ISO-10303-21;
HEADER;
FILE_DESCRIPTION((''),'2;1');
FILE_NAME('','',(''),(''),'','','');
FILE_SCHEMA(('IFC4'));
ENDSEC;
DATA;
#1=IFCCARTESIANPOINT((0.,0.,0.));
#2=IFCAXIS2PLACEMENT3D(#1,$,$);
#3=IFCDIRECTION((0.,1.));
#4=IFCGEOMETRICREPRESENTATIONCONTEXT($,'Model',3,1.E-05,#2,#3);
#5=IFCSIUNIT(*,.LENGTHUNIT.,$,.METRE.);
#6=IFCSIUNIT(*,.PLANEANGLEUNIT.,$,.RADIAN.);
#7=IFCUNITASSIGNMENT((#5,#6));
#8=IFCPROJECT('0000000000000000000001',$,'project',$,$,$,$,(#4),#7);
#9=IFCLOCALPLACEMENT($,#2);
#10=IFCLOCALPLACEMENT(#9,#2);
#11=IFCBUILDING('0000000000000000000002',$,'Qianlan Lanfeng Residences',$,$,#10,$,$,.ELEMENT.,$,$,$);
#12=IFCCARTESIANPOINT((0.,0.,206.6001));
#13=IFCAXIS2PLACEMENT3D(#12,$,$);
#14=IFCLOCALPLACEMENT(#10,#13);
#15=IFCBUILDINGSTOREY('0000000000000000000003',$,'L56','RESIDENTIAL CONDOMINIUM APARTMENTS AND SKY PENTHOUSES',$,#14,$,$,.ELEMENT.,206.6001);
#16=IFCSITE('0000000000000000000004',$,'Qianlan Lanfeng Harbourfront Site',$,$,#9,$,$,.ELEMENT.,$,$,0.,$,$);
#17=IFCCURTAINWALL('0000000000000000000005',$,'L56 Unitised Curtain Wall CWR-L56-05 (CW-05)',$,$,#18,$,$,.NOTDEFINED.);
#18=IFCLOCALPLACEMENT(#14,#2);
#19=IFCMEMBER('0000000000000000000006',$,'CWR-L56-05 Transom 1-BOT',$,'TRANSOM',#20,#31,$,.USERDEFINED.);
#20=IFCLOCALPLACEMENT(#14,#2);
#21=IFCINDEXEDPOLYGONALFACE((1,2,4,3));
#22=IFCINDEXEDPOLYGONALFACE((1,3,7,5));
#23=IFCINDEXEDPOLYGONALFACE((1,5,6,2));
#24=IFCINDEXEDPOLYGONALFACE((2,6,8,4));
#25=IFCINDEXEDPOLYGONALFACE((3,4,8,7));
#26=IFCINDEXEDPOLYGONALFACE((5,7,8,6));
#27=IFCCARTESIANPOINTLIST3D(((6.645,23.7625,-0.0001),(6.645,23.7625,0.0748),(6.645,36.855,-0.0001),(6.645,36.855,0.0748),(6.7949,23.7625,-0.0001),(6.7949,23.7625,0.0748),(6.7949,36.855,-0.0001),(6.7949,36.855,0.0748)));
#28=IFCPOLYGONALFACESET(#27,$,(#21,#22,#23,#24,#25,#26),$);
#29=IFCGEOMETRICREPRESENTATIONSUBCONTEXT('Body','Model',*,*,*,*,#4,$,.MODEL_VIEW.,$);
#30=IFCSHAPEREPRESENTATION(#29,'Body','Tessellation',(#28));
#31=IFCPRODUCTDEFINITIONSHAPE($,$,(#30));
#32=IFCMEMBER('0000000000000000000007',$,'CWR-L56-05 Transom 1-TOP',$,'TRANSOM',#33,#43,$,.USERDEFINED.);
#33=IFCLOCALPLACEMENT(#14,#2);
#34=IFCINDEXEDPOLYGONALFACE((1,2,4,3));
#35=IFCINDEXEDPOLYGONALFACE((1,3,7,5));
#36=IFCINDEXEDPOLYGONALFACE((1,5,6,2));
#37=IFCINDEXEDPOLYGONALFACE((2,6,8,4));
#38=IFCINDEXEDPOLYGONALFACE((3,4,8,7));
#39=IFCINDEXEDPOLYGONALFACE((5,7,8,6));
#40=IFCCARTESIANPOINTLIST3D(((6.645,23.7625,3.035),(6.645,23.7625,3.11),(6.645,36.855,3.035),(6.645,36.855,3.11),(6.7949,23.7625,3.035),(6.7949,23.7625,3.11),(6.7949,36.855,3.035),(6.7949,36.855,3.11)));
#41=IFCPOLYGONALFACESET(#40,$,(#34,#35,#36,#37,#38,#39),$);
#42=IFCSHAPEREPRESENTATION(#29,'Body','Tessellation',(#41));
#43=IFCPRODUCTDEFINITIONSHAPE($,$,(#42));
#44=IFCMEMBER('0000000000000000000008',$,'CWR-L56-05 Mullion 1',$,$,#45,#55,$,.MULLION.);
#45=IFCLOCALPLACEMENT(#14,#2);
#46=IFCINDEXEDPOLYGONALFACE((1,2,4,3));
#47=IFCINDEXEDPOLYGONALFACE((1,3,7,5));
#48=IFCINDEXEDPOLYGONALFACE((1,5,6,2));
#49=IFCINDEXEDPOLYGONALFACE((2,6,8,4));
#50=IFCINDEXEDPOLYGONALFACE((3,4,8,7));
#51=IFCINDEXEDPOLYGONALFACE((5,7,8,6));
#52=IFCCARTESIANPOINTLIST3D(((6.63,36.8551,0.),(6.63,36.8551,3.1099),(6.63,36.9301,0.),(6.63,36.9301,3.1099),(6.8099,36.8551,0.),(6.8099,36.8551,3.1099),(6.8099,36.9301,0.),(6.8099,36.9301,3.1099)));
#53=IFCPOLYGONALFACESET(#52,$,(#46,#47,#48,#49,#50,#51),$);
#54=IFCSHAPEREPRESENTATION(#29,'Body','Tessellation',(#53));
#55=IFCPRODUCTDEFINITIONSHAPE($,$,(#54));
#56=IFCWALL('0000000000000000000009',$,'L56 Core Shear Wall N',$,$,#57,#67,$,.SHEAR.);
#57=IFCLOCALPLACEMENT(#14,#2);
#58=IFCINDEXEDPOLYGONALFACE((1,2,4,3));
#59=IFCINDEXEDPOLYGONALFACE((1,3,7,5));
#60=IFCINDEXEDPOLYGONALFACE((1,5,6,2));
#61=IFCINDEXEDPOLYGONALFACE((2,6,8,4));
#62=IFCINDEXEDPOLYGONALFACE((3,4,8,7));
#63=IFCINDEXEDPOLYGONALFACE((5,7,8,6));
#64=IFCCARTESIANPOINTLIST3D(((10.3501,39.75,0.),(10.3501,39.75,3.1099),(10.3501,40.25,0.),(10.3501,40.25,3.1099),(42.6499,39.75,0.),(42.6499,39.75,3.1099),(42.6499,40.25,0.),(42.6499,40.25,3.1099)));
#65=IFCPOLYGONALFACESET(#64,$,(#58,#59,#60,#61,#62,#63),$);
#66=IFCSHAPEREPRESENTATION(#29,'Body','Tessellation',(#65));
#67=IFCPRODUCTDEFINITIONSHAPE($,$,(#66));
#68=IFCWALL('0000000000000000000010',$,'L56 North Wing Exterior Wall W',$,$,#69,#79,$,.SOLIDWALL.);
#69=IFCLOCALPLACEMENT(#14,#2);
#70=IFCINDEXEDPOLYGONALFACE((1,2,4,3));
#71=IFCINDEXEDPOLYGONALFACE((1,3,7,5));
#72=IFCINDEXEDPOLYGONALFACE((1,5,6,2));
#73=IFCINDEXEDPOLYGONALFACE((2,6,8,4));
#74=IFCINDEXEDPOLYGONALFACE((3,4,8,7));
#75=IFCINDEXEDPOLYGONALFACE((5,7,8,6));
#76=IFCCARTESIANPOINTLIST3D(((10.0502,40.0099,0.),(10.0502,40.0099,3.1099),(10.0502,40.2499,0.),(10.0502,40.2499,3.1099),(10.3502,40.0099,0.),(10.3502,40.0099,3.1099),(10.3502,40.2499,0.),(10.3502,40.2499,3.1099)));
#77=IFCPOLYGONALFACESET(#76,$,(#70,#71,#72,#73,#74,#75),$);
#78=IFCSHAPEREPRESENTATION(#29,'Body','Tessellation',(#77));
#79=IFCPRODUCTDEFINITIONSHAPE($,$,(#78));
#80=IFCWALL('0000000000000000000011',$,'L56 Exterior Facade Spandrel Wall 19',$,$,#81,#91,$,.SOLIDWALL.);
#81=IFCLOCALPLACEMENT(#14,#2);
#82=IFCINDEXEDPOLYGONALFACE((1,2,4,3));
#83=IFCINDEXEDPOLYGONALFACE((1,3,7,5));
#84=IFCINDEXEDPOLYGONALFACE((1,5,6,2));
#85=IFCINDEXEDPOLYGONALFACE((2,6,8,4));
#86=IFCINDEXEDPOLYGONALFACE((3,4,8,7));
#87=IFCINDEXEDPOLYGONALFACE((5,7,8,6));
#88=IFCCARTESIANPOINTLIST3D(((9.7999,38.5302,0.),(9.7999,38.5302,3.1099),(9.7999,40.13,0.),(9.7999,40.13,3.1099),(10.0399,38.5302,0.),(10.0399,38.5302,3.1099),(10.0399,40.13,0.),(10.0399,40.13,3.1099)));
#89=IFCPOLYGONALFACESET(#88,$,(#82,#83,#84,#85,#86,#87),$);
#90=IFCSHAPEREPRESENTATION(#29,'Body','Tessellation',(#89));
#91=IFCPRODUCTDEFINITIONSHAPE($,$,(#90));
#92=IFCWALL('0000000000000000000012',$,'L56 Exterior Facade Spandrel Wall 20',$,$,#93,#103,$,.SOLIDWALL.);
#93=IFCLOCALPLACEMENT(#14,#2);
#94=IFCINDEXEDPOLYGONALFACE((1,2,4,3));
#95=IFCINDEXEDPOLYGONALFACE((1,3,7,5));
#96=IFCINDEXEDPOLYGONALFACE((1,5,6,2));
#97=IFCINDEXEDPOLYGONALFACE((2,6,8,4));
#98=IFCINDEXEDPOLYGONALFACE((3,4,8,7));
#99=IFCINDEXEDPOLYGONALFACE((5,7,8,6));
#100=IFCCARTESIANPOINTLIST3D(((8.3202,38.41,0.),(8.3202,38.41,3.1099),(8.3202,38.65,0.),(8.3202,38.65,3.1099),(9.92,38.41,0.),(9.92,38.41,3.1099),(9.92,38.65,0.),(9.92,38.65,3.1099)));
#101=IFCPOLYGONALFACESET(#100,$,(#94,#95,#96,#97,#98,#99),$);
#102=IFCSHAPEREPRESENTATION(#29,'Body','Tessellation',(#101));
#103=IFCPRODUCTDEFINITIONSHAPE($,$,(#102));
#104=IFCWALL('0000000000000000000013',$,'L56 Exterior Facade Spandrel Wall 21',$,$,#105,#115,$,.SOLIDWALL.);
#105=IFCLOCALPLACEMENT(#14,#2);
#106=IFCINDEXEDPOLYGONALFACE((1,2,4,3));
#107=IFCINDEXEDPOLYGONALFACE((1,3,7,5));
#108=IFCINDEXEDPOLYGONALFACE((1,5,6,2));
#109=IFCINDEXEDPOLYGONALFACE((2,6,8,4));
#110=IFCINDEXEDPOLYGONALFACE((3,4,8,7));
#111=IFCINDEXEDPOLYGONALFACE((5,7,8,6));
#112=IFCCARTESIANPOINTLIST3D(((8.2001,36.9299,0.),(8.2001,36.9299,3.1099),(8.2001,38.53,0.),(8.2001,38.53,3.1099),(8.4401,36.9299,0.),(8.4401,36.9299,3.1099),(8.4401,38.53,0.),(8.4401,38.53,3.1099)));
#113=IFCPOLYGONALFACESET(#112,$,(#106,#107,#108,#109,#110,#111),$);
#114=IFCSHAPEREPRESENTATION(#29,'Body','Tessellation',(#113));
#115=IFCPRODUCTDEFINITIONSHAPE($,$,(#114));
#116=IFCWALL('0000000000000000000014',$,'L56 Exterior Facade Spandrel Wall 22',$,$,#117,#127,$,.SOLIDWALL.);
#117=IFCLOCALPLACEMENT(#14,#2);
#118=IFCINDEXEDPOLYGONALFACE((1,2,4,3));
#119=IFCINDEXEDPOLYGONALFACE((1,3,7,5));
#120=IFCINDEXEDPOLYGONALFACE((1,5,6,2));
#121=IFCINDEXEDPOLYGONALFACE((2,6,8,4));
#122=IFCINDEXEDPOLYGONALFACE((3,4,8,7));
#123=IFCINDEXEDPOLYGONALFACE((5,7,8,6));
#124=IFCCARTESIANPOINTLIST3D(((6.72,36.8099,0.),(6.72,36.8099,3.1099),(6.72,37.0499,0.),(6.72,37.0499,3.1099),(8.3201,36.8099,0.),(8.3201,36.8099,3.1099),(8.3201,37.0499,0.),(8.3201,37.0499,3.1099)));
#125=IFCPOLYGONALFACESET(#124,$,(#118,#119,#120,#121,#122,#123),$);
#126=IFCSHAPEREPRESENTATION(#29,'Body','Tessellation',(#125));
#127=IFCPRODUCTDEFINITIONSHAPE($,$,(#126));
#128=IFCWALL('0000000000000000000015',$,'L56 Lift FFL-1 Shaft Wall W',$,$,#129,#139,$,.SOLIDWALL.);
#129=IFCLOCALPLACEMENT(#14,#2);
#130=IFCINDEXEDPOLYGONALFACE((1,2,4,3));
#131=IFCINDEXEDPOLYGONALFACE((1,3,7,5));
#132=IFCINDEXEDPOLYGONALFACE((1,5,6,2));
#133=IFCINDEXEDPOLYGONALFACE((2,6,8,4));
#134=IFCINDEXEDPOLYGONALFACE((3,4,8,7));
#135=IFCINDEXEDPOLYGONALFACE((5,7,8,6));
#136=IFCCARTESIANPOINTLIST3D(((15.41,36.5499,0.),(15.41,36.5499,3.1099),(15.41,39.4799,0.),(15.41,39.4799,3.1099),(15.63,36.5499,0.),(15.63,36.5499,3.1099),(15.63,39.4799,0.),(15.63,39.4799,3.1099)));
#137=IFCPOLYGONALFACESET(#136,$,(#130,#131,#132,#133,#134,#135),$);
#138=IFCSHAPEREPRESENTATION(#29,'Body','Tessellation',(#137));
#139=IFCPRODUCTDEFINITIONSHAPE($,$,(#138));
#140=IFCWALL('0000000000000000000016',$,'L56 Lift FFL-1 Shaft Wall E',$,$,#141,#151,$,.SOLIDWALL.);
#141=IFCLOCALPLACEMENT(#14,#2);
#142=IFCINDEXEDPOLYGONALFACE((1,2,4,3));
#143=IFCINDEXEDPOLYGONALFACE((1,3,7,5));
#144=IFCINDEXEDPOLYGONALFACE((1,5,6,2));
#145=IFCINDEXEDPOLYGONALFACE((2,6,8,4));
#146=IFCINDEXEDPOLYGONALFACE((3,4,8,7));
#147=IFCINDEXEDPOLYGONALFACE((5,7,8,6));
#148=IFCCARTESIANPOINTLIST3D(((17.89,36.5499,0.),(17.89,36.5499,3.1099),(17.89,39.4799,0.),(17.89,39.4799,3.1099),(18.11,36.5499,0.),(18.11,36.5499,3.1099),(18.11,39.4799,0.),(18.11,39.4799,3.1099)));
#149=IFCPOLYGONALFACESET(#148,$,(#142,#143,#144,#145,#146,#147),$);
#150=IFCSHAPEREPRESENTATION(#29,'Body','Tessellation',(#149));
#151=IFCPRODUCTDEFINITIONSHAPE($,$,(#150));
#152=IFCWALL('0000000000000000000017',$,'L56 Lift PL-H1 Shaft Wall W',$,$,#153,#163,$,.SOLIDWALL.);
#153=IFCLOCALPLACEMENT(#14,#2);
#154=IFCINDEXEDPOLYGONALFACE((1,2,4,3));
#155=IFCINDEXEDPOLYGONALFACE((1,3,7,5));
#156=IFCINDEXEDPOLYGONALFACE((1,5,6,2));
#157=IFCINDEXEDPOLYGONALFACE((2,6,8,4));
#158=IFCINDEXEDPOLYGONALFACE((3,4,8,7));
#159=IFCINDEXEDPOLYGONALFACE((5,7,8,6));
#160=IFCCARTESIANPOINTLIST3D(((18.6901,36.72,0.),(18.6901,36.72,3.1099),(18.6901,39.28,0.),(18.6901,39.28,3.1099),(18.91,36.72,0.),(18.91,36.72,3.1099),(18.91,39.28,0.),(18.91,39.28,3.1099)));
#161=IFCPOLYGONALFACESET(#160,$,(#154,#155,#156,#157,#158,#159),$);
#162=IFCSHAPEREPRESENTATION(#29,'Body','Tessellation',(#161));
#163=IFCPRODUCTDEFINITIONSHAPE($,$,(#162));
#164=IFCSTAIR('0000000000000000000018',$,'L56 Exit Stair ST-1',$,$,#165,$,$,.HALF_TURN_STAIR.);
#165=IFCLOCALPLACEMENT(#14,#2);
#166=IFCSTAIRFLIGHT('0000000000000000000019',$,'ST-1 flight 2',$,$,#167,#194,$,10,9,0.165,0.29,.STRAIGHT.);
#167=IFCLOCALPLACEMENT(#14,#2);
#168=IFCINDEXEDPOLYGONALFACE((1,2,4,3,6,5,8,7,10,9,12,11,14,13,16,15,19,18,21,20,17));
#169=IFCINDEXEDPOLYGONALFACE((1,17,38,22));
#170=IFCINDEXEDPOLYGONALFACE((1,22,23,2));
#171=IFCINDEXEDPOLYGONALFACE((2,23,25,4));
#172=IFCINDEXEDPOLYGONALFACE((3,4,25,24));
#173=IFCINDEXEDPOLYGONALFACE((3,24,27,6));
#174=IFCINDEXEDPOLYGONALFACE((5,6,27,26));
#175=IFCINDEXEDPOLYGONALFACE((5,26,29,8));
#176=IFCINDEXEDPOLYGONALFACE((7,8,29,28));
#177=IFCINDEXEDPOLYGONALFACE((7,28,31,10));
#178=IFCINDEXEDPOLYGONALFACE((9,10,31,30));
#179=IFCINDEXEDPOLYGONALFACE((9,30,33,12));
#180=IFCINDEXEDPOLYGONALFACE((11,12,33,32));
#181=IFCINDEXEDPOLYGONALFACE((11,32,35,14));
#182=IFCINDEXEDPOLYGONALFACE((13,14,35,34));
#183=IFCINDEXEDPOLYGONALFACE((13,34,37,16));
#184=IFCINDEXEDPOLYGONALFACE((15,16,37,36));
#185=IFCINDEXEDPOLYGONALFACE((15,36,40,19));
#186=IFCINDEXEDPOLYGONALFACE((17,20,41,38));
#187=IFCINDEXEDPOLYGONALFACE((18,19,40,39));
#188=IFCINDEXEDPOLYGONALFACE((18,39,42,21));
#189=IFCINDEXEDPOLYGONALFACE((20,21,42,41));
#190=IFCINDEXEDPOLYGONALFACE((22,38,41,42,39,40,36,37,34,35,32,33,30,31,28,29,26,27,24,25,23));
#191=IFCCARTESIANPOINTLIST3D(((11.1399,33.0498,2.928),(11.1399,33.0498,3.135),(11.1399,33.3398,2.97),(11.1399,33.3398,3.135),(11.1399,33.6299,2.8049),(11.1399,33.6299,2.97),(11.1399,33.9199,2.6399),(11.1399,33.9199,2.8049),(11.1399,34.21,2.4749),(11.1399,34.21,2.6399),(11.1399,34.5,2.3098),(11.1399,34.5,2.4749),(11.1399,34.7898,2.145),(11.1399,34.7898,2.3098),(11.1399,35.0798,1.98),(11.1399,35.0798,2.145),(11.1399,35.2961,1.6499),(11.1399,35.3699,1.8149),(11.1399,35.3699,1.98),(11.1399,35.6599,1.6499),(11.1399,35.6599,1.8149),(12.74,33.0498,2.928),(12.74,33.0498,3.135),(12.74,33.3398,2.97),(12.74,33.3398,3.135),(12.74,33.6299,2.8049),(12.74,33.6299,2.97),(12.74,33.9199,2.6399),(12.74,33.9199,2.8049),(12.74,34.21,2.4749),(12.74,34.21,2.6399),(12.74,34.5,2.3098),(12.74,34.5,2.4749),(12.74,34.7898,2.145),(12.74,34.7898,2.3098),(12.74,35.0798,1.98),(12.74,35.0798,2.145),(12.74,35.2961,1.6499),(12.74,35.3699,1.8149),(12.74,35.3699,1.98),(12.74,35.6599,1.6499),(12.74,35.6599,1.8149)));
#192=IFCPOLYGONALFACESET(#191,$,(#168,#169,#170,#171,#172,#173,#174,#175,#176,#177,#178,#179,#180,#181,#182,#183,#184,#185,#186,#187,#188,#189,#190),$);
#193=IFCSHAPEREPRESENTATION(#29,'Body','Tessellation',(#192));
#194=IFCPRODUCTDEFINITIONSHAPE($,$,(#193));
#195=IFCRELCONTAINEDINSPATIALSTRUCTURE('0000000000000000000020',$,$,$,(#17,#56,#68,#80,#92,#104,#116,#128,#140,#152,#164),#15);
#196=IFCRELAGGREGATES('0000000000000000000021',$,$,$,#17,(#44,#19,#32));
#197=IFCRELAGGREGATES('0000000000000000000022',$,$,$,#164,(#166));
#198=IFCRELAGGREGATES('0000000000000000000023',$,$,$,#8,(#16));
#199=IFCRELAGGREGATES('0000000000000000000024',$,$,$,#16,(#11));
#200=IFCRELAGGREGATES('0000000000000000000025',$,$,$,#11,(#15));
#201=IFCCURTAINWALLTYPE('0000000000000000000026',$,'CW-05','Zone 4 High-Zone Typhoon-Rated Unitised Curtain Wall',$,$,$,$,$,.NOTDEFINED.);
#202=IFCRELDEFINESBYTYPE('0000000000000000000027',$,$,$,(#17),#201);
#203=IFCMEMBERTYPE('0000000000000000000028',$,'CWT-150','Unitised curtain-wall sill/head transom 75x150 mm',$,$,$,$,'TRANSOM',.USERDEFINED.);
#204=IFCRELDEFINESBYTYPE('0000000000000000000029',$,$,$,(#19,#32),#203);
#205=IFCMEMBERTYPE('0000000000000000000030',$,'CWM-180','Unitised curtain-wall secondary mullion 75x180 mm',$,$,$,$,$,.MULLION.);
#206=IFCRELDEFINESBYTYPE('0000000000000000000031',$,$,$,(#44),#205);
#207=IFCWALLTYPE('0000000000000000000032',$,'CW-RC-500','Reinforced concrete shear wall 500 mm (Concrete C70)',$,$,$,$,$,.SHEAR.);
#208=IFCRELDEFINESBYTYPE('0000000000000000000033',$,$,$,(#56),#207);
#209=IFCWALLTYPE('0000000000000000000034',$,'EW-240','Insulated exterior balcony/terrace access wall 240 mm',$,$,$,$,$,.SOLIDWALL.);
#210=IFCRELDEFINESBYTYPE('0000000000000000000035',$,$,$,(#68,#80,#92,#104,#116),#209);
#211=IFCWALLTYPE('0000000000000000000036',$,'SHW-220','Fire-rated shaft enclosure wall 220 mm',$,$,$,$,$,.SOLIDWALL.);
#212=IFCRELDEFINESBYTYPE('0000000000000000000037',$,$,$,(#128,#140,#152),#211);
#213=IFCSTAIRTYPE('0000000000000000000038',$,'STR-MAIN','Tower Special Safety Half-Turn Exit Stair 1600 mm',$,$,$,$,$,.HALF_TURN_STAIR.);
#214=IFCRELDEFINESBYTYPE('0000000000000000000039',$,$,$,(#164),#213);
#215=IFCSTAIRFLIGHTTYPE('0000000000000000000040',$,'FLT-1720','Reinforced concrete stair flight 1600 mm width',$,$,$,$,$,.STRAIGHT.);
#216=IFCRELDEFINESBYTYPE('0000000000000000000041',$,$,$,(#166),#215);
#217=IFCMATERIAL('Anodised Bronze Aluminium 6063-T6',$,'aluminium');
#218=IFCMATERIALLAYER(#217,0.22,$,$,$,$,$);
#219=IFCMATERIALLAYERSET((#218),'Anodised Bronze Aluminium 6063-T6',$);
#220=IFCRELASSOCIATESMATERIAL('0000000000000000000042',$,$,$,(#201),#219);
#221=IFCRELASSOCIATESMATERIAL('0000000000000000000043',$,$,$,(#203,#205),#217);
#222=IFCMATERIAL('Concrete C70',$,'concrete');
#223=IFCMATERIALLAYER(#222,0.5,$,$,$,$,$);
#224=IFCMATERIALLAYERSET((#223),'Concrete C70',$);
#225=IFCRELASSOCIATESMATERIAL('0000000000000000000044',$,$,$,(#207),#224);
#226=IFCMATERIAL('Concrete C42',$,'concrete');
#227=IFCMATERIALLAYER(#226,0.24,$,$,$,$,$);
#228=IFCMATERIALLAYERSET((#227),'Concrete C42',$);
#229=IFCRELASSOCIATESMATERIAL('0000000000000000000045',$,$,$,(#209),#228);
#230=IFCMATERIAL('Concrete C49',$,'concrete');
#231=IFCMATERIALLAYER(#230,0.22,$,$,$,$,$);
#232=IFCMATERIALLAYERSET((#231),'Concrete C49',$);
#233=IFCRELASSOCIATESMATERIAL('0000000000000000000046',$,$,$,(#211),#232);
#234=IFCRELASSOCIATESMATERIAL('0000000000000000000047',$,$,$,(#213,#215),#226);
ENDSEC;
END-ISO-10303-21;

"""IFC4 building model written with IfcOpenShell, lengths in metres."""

from ifc_helpers import new_model, si_unit, direction, frame, frame_2d, origin, origin_2d, place, context, subcontext, project, spatial, polyline, rectangle, outline, extrude, source, transform, mapped, material, layer, layer_set, material_profile, profile_set, type_object, element, aggregate, save


model = new_model("IFC4")

# Units and contexts
model_context = context("Model", 3, precision=1e-05, world=origin(), true_north=direction((0.0, 1.0)))
body_context = subcontext(model_context, "Body", "Model", "MODEL_VIEW")
ifc_project = project(units=[si_unit("LENGTHUNIT", "METRE"), si_unit("PLANEANGLEUNIT", "RADIAN")], contexts=[model_context])

# Site, building, storey
site_placement = place(None, origin())
site = spatial("IfcSite", under=ifc_project, at=site_placement, Name="Qianlan Lanfeng Harbourfront Site", CompositionType="ELEMENT", RefElevation=0.0)
building_placement = place(site_placement, origin())
building = spatial("IfcBuilding", under=site, at=building_placement, Name="Qianlan Lanfeng Residences", CompositionType="ELEMENT")
storey_placement = place(building_placement, frame((0.0, 0.0, 206.6001)))
storey = spatial("IfcBuildingStorey", under=building, at=storey_placement, Name="L56", Description="RESIDENTIAL CONDOMINIUM APARTMENTS AND SKY PENTHOUSES", CompositionType="ELEMENT", Elevation=206.6001)

# Curtain wall, members
ifc_material_1 = material(Name="Anodised Bronze Aluminium 6063-T6", Category="aluminium")
ifc_layer_1 = layer(ifc_material_1, 0.22)
ifc_layer_set_1 = layer_set([ifc_layer_1], Name="Anodised Bronze Aluminium 6063-T6")
curtain_wall_type = type_object("IfcCurtainWallType", Name="CW-05", Description="Zone 4 High-Zone Typhoon-Rated Unitised Curtain Wall", PredefinedType="NOTDEFINED", material=ifc_layer_set_1)
curtain_wall_placement = place(storey_placement, origin())
curtain_wall = element("IfcCurtainWall", 1, at=curtain_wall_placement, inside=storey, type_object=curtain_wall_type, Name="L56 Unitised Curtain Wall CWR-L56-05 (CW-05)", PredefinedType="NOTDEFINED")
ifc_material_profile_1 = material_profile(ifc_material_1, rectangle(XDim=0.075, YDim=0.1499, at=origin_2d()), Name="ALU TRANSOM 75x150")
ifc_profile_set_1 = profile_set([ifc_material_profile_1], Name="Anodised Bronze Aluminium 6063-T6")
member_type_1 = type_object("IfcMemberType", Name="CWT-150", Description="Unitised curtain-wall sill/head transom 75x150 mm", ElementType="TRANSOM", PredefinedType="USERDEFINED", material=ifc_profile_set_1)
shared_shape_1 = source(origin(), body_context, "Body", "SweptSolid", [
    extrude(rectangle(XDim=0.075, YDim=0.1499, at=origin_2d()), origin(), (0.0, 0.0, 1.0), 13.0925),
])
member_1_placement = place(storey_placement, frame((6.72, 36.855, 0.0374), z_axis=(0.0, -1.0, 0.0), x_axis=(0.0, 0.0, 1.0)))
member_1 = element("IfcMember", 2, at=member_1_placement, type_object=member_type_1, Name="CWR-L56-05 Transom 1-BOT", ObjectType="TRANSOM", PredefinedType="USERDEFINED", context=body_context, shape_type="MappedRepresentation", body=[
    mapped(shared_shape_1, transform((0.0, 0.0, 0.0), scale=1.0)),
])
member_2_placement = place(storey_placement, frame((6.72, 36.855, 3.0725), z_axis=(0.0, -1.0, 0.0), x_axis=(0.0, 0.0, 1.0)))
member_2 = element("IfcMember", 3, at=member_2_placement, type_object=member_type_1, Name="CWR-L56-05 Transom 1-TOP", ObjectType="TRANSOM", PredefinedType="USERDEFINED", context=body_context, shape_type="MappedRepresentation", body=[
    mapped(shared_shape_1, transform((0.0, 0.0, 0.0), scale=1.0)),
])
ifc_material_profile_2 = material_profile(ifc_material_1, rectangle(XDim=0.075, YDim=0.1799, at=origin_2d()), Name="ALU MULLION 75x180")
ifc_profile_set_2 = profile_set([ifc_material_profile_2], Name="Anodised Bronze Aluminium 6063-T6")
member_type_2 = type_object("IfcMemberType", Name="CWM-180", Description="Unitised curtain-wall secondary mullion 75x180 mm", PredefinedType="MULLION", material=ifc_profile_set_2)
shared_shape_2 = source(origin(), body_context, "Body", "SweptSolid", [
    extrude(rectangle(XDim=0.075, YDim=0.1799, at=origin_2d()), origin(), (0.0, 0.0, 1.0), 3.1099),
])
member_3_placement = place(storey_placement, frame((6.72, 36.8926, 0.0), z_axis=(0.0, 0.0, 1.0), x_axis=(0.0, -1.0, 0.0)))
member_3 = element("IfcMember", 4, at=member_3_placement, type_object=member_type_2, Name="CWR-L56-05 Mullion 1", PredefinedType="MULLION", context=body_context, shape_type="MappedRepresentation", body=[
    mapped(shared_shape_2, transform((0.0, 0.0, 0.0), scale=1.0)),
])
aggregate(curtain_wall, [member_3, member_1, member_2])

# Shared definitions
ifc_material_2 = material(Name="Concrete C49", Category="concrete")

# Walls
ifc_material_3 = material(Name="Concrete C70", Category="concrete")
ifc_layer_2 = layer(ifc_material_3, 0.5)
ifc_layer_set_2 = layer_set([ifc_layer_2], Name="Concrete C70")
wall_type_1 = type_object("IfcWallType", Name="CW-RC-500", Description="Reinforced concrete shear wall 500 mm (Concrete C70)", PredefinedType="SHEAR", material=ifc_layer_set_2)
wall_1_placement = place(storey_placement, frame((10.3501, 40.0, 0.0), z_axis=(0.0, 0.0, 1.0), x_axis=(1.0, 0.0, 0.0)))
element("IfcWall", 5, at=wall_1_placement, inside=storey, type_object=wall_type_1, Name="L56 Core Shear Wall N", PredefinedType="SHEAR", context=body_context, shape_type="SweptSolid", body=[
    extrude(rectangle(XDim=32.2998, YDim=0.5, at=frame_2d((16.1499, 0.0))), origin(), (0.0, 0.0, 1.0), 3.1099),
])
ifc_material_4 = material(Name="Concrete C42", Category="concrete")
ifc_layer_3 = layer(ifc_material_4, 0.24)
ifc_layer_set_3 = layer_set([ifc_layer_3], Name="Concrete C42")
wall_type_2 = type_object("IfcWallType", Name="EW-240", Description="Insulated exterior balcony/terrace access wall 240 mm", PredefinedType="SOLIDWALL", material=ifc_layer_set_3)
wall_2_placement = place(storey_placement, frame((10.3501, 40.1299, 0.0), z_axis=(0.0, 0.0, 1.0), x_axis=(-1.0, 0.0, 0.0)))
element("IfcWall", 6, at=wall_2_placement, inside=storey, type_object=wall_type_2, Name="L56 North Wing Exterior Wall W", PredefinedType="SOLIDWALL", context=body_context, shape_type="SweptSolid", body=[
    extrude(rectangle(XDim=0.3, YDim=0.24, at=frame_2d((0.1499, 0.0))), origin(), (0.0, 0.0, 1.0), 3.1099),
])
for number, where, z_axis, x_axis, name in (
    (7, (9.9199, 40.1299, 0.0), (0.0, 0.0, 1.0), (0.0, -1.0, 0.0), "L56 Exterior Facade Spandrel Wall 19"),
    (8, (9.9199, 38.53, 0.0), (0.0, 0.0, 1.0), (-1.0, 0.0, 0.0), "L56 Exterior Facade Spandrel Wall 20"),
):
    element("IfcWall", number, at=place(storey_placement, frame(where, z_axis=z_axis, x_axis=x_axis)), inside=storey, type_object=wall_type_2, Name=name, PredefinedType="SOLIDWALL", context=body_context, shape_type="SweptSolid", body=[
        extrude(rectangle(XDim=1.5999, YDim=0.24, at=frame_2d((0.7998, 0.0))), origin(), (0.0, 0.0, 1.0), 3.1099),
    ])
for number, where, z_axis, x_axis, name in (
    (9, (8.3201, 38.53, 0.0), (0.0, 0.0, 1.0), (0.0, -1.0, 0.0), "L56 Exterior Facade Spandrel Wall 21"),
    (10, (8.3201, 36.9299, 0.0), (0.0, 0.0, 1.0), (-1.0, 0.0, 0.0), "L56 Exterior Facade Spandrel Wall 22"),
):
    element("IfcWall", number, at=place(storey_placement, frame(where, z_axis=z_axis, x_axis=x_axis)), inside=storey, type_object=wall_type_2, Name=name, PredefinedType="SOLIDWALL", context=body_context, shape_type="SweptSolid", body=[
        extrude(rectangle(XDim=1.6001, YDim=0.24, at=frame_2d((0.8, 0.0))), origin(), (0.0, 0.0, 1.0), 3.1099),
    ])
ifc_layer_4 = layer(ifc_material_2, 0.22)
ifc_layer_set_4 = layer_set([ifc_layer_4], Name="Concrete C49")
wall_type_3 = type_object("IfcWallType", Name="SHW-220", Description="Fire-rated shaft enclosure wall 220 mm", PredefinedType="SOLIDWALL", material=ifc_layer_set_4)
for number, where, z_axis, x_axis, name in (
    (11, (15.52, 36.55, 0.0), (0.0, 0.0, 1.0), (0.0, 1.0, 0.0), "L56 Lift FFL-1 Shaft Wall W"),
    (12, (18.0, 36.55, 0.0), (0.0, 0.0, 1.0), (0.0, 1.0, 0.0), "L56 Lift FFL-1 Shaft Wall E"),
):
    element("IfcWall", number, at=place(storey_placement, frame(where, z_axis=z_axis, x_axis=x_axis)), inside=storey, type_object=wall_type_3, Name=name, PredefinedType="SOLIDWALL", context=body_context, shape_type="SweptSolid", body=[
        extrude(rectangle(XDim=2.9299, YDim=0.22, at=frame_2d((1.4648, 0.0))), origin(), (0.0, 0.0, 1.0), 3.1099),
    ])
wall_3_placement = place(storey_placement, frame((18.8, 36.72, 0.0), z_axis=(0.0, 0.0, 1.0), x_axis=(0.0, 1.0, 0.0)))
element("IfcWall", 13, at=wall_3_placement, inside=storey, type_object=wall_type_3, Name="L56 Lift PL-H1 Shaft Wall W", PredefinedType="SOLIDWALL", context=body_context, shape_type="SweptSolid", body=[
    extrude(rectangle(XDim=2.5601, YDim=0.22, at=frame_2d((1.28, 0.0))), origin(), (0.0, 0.0, 1.0), 3.1099),
])

# Stair, stair flight
stair_type = type_object("IfcStairType", Name="STR-MAIN", Description="Tower Special Safety Half-Turn Exit Stair 1600 mm", PredefinedType="HALF_TURN_STAIR", material=ifc_material_4)
stair_placement = place(storey_placement, origin())
stair = element("IfcStair", 14, at=stair_placement, inside=storey, type_object=stair_type, Name="L56 Exit Stair ST-1", PredefinedType="HALF_TURN_STAIR")
stair_flight_type = type_object("IfcStairFlightType", Name="FLT-1720", Description="Reinforced concrete stair flight 1600 mm width", PredefinedType="STRAIGHT", material=ifc_material_4)
stair_flight_placement = place(storey_placement, frame((11.9399, 35.6599, 1.6499), z_axis=(0.0, 0.0, 1.0), x_axis=(0.0, -1.0, 0.0)))
stair_flight = element("IfcStairFlight", 15, at=stair_flight_placement, type_object=stair_flight_type, Name="ST-1 flight 2", NumberOfRisers=10, NumberOfTreads=9, PredefinedType="STRAIGHT", RiserHeight=0.165, TreadLength=0.29, context=body_context, shape_type="SweptSolid", body=[
    extrude(outline(polyline([(0.0, 0.0), (0.0, 0.165), (0.29, 0.165), (0.29, 0.3301), (0.5801, 0.3301), (0.5801, 0.4951), (0.8701, 0.4951), (0.8701, 0.6599), (1.1599, 0.6599), (1.1599, 0.825), (1.45, 0.825), (1.45, 0.99), (1.74, 0.99), (1.74, 1.155), (2.03, 1.155), (2.03, 1.3201), (2.3201, 1.3201), (2.3201, 1.4851), (2.6101, 1.4851), (2.6101, 1.6499), (2.6101, 1.2781), (0.3638, 0.0), (0.0, 0.0)])), frame((0.0, 0.8, 0.0), z_axis=(0.0, -1.0, 0.0), x_axis=(1.0, 0.0, 0.0)), (0.0, 0.0, 1.0), 1.6001),
])
aggregate(stair, [stair_flight])

save(model, "model.ifc")
